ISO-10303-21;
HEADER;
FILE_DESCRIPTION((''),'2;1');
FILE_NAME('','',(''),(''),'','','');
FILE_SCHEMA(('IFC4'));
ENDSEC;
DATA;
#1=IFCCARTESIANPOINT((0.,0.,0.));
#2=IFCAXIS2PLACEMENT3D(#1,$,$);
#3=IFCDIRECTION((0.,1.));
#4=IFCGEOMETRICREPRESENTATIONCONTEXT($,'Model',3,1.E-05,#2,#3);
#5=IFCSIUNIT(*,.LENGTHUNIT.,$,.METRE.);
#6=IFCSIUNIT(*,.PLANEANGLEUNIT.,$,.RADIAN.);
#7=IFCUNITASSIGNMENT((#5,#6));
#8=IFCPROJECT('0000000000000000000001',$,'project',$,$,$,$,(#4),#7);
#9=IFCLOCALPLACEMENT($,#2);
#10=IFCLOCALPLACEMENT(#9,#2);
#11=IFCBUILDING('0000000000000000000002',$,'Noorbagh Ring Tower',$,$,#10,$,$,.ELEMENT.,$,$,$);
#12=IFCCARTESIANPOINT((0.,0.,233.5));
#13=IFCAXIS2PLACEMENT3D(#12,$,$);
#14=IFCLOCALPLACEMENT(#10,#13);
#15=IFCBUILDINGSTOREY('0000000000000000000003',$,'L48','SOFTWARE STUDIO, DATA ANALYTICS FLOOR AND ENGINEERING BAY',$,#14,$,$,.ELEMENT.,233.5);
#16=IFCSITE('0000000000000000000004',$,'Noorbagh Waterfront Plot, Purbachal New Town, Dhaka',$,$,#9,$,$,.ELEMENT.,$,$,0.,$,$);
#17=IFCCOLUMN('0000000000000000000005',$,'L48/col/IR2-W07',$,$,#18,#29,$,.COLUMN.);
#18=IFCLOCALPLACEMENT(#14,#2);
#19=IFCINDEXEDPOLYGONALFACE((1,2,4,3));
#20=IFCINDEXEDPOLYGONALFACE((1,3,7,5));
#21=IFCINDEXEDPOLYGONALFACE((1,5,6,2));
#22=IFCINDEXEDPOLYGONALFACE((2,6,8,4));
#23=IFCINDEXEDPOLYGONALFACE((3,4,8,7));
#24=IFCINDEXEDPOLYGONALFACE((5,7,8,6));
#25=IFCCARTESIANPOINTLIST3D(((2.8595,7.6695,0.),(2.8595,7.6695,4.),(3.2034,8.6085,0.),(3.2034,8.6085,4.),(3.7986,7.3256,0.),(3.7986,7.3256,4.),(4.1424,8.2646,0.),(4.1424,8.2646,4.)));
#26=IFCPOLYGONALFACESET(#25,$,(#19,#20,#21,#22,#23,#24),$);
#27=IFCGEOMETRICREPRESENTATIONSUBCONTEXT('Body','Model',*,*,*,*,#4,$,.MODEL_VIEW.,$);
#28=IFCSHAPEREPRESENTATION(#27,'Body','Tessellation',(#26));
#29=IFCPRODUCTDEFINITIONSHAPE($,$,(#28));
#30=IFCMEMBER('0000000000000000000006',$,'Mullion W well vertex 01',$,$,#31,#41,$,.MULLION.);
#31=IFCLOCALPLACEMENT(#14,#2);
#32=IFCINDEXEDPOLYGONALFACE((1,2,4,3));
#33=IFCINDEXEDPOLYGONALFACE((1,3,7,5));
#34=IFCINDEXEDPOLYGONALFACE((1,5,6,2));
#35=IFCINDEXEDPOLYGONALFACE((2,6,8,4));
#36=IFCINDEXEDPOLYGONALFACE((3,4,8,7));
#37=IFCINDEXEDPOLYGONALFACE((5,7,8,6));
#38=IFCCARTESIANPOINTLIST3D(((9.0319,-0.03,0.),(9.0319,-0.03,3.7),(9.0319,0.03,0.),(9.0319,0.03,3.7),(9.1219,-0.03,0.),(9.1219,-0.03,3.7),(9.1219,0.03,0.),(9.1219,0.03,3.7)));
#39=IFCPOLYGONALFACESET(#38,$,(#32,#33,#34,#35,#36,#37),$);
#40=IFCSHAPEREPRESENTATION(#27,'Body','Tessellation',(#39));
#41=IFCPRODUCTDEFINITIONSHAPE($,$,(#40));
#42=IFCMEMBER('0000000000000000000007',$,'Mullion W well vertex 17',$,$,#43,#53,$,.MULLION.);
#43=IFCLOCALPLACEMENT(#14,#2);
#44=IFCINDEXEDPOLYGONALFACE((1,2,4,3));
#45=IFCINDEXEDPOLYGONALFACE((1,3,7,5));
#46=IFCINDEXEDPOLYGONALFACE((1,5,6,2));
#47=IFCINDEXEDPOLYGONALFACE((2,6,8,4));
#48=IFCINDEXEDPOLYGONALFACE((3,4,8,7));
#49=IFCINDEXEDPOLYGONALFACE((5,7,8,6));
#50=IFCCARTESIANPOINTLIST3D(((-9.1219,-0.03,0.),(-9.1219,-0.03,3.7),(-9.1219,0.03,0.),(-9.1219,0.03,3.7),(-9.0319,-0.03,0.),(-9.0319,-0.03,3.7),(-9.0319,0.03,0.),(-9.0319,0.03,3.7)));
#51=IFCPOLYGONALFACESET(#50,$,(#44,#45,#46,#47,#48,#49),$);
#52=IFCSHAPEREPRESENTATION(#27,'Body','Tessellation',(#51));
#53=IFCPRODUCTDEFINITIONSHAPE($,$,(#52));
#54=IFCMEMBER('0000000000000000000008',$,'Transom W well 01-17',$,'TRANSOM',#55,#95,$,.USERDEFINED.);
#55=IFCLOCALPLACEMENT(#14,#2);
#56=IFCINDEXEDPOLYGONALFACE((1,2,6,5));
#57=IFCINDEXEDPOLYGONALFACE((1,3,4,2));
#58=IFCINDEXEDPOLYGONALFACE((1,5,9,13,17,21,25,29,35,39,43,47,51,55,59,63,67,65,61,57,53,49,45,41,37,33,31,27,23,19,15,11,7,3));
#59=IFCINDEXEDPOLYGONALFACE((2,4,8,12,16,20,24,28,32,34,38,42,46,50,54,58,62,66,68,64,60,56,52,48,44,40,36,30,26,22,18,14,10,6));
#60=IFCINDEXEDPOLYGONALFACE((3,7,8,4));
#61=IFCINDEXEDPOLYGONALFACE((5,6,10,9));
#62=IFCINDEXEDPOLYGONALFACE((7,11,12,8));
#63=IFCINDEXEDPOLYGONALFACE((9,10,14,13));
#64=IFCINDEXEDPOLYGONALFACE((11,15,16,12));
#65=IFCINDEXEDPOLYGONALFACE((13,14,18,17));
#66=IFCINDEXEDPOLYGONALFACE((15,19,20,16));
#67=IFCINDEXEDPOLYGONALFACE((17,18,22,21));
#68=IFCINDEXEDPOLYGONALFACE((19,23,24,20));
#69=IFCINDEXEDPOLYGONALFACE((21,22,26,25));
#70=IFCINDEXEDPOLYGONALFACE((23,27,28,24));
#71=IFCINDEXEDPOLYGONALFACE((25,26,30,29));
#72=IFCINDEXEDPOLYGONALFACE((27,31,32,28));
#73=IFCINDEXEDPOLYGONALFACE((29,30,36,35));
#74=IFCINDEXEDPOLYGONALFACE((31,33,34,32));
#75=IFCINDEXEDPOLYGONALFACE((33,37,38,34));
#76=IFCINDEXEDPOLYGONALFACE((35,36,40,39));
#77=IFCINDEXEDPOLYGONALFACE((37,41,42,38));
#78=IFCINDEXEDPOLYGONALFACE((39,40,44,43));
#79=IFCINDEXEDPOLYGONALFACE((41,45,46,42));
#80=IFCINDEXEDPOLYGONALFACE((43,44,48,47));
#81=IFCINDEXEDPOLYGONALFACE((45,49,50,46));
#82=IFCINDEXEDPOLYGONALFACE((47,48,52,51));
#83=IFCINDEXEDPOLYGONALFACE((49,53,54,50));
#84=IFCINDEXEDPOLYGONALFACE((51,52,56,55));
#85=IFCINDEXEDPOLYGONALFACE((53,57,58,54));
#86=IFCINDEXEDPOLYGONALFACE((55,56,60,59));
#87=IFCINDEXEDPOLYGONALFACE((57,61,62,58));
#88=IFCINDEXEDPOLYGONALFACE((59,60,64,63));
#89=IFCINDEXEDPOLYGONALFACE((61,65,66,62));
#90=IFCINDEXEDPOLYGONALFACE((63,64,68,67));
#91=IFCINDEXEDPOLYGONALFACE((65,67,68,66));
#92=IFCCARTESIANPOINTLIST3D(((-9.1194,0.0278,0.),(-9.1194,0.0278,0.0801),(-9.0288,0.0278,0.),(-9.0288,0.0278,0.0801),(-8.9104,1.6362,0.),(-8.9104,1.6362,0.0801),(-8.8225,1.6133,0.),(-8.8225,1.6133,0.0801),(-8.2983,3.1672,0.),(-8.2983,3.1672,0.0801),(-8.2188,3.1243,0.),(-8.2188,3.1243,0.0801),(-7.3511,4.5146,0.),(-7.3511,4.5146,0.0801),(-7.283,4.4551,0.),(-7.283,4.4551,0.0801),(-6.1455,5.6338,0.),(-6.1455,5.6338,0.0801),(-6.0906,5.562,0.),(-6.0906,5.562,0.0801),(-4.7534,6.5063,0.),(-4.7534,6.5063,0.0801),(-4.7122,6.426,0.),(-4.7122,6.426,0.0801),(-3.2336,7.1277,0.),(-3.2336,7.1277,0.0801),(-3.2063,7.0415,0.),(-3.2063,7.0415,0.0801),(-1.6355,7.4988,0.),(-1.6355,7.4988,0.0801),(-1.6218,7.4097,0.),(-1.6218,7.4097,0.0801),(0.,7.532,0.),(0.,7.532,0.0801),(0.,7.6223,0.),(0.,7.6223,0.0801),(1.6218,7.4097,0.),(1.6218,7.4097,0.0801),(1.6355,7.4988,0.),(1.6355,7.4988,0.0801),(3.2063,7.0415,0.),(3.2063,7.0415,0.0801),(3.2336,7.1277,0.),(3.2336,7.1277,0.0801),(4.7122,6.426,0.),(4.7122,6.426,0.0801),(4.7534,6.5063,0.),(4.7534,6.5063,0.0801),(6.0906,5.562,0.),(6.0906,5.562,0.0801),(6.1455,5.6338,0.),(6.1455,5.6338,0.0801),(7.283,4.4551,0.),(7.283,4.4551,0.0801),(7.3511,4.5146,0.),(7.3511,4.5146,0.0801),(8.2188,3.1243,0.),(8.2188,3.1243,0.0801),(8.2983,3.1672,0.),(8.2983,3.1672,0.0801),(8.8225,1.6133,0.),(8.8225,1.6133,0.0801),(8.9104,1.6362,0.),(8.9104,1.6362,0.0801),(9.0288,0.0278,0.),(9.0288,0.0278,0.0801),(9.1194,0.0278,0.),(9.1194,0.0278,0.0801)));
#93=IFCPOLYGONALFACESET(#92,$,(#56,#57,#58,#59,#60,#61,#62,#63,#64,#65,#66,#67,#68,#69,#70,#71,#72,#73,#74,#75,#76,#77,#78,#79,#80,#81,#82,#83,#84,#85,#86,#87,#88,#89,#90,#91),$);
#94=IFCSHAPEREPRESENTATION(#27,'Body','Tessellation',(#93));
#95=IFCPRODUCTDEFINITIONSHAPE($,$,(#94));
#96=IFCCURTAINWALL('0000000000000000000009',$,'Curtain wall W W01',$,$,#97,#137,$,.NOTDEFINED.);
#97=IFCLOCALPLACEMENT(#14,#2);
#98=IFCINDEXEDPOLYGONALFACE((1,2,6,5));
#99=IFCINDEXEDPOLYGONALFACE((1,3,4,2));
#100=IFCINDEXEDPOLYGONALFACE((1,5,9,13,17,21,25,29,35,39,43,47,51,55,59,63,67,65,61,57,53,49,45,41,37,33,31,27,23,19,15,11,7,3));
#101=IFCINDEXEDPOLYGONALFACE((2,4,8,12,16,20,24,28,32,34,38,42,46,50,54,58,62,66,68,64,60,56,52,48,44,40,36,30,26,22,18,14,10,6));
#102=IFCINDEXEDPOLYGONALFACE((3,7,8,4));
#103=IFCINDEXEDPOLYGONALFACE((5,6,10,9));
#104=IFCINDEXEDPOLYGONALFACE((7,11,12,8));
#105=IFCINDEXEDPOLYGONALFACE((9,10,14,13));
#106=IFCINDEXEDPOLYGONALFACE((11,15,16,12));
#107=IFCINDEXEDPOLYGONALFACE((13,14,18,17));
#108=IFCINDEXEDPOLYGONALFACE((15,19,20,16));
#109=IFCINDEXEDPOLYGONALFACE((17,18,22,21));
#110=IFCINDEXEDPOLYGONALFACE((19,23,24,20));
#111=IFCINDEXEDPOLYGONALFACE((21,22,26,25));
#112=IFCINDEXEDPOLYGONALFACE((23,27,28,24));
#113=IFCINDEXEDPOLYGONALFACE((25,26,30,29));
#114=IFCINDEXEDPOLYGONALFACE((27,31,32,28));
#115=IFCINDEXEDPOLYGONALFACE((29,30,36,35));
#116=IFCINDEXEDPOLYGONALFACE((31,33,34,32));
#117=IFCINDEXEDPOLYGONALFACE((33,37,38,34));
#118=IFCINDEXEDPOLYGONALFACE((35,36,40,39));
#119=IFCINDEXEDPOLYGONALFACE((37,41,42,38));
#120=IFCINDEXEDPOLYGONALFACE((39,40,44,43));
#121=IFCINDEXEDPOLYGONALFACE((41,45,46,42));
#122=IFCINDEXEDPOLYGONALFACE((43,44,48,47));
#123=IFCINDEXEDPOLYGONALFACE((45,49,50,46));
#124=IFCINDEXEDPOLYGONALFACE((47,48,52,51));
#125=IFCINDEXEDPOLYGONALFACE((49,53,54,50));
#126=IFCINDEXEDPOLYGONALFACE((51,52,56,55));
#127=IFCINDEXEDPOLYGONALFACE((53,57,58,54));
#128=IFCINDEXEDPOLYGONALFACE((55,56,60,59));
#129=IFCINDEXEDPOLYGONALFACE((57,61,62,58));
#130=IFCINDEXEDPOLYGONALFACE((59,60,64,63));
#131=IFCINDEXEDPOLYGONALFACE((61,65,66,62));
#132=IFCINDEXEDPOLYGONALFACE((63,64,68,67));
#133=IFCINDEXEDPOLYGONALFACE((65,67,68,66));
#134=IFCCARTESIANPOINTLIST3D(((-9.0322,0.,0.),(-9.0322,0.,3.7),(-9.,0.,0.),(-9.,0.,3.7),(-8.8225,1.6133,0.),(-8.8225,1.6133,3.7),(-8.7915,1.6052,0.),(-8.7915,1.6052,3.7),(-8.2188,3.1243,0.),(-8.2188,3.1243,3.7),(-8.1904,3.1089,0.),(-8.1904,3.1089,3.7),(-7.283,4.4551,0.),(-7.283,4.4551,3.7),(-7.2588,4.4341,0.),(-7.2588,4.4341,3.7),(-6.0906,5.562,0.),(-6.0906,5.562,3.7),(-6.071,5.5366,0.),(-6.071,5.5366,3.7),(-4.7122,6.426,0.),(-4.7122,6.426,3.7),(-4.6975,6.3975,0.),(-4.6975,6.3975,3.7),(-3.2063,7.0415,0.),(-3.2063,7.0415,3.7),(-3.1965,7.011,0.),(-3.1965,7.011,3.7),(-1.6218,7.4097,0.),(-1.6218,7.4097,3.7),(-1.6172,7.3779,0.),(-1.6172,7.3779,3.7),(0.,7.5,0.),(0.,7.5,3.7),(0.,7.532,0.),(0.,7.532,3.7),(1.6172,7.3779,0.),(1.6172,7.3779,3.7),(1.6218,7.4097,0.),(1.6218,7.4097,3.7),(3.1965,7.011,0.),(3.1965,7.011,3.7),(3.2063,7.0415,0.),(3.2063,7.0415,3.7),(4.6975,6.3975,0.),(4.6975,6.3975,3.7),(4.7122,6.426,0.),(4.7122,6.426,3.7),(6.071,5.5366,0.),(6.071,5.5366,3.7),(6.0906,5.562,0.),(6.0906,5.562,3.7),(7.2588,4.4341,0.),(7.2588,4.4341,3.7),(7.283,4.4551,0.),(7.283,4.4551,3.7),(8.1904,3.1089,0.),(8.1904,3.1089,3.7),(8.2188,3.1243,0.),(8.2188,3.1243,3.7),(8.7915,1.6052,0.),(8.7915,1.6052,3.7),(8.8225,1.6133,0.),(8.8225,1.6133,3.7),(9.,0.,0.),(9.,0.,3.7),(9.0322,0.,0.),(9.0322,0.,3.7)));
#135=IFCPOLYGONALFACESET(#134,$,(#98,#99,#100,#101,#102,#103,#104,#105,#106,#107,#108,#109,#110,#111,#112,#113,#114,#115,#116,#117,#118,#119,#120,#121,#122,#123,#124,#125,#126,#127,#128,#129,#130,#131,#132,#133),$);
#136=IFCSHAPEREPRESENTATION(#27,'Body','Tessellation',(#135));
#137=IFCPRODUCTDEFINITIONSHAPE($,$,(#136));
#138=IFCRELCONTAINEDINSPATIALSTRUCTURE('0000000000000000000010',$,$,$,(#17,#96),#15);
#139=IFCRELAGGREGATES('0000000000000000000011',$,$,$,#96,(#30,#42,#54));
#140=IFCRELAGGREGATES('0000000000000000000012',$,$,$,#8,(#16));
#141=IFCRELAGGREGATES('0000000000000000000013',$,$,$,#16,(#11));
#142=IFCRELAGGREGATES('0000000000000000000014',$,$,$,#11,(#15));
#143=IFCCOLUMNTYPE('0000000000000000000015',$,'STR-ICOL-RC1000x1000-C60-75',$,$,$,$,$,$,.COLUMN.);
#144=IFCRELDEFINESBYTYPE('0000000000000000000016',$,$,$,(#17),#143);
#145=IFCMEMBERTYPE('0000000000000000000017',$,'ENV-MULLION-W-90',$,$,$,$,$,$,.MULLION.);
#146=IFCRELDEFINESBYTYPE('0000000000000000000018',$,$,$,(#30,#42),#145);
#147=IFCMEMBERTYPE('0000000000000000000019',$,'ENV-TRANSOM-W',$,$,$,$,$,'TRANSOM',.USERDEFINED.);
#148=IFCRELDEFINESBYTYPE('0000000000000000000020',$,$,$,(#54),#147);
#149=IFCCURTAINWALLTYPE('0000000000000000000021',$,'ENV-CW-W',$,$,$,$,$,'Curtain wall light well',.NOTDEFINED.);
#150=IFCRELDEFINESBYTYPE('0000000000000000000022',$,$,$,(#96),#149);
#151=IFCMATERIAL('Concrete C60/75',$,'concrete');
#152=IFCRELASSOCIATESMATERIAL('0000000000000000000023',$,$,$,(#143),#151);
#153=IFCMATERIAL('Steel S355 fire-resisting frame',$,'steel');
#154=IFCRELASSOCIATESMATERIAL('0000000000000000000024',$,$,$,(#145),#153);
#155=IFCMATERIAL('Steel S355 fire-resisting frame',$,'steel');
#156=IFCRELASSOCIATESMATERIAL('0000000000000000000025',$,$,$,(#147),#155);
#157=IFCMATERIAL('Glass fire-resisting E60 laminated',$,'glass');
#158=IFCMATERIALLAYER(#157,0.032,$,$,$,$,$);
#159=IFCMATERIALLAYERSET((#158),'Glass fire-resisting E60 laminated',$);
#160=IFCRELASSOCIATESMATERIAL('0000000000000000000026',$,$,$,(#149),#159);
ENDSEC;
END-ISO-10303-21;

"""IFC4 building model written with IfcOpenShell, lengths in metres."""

from ifc_helpers import new_model, si_unit, direction, frame, origin, origin_2d, place, context, subcontext, project, spatial, polyline, rectangle, outline, extrude, material, layer, layer_set, material_profile, profile_set, type_object, element, aggregate, save


model = new_model("IFC4")

# Units and contexts
model_context = context("Model", 3, precision=1e-05, world=origin(), true_north=direction((0.0, 1.0)))
body_context = subcontext(model_context, "Body", "Model", "MODEL_VIEW")
ifc_project = project(units=[si_unit("LENGTHUNIT", "METRE"), si_unit("PLANEANGLEUNIT", "RADIAN")], contexts=[model_context])

# Site, building, storey
site_placement = place(None, origin())
site = spatial("IfcSite", under=ifc_project, at=site_placement, Name="Noorbagh Waterfront Plot, Purbachal New Town, Dhaka", CompositionType="ELEMENT", RefElevation=0.0)
building_placement = place(site_placement, origin())
building = spatial("IfcBuilding", under=site, at=building_placement, Name="Noorbagh Ring Tower", CompositionType="ELEMENT")
storey_placement = place(building_placement, frame((0.0, 0.0, 233.5)))
storey = spatial("IfcBuildingStorey", under=building, at=storey_placement, Name="L48", Description="SOFTWARE STUDIO, DATA ANALYTICS FLOOR AND ENGINEERING BAY", CompositionType="ELEMENT", Elevation=233.5)

# Column
ifc_material_1 = material(Name="Concrete C60/75", Category="concrete")
ifc_material_profile_1 = material_profile(ifc_material_1, rectangle(XDim=1.0, YDim=1.0, at=origin_2d()), Name="RC1000x1000")
ifc_profile_set_1 = profile_set([ifc_material_profile_1], Name="Concrete C60/75")
column_type = type_object("IfcColumnType", Name="STR-ICOL-RC1000x1000-C60-75", PredefinedType="COLUMN", material=ifc_profile_set_1)
column_placement = place(storey_placement, frame((3.501, 7.967, 0.0), z_axis=(0.0, 0.0, 1.0), x_axis=(-0.93902, 0.343864, 0.0)))
element("IfcColumn", 1, at=column_placement, inside=storey, type_object=column_type, Name="L48/col/IR2-W07", PredefinedType="COLUMN", context=body_context, shape_type="SweptSolid", body=[
    extrude(rectangle(XDim=1.0, YDim=1.0, at=origin_2d()), origin(), (0.0, 0.0, 1.0), 4.0),
])

# Members
ifc_material_2 = material(Name="Steel S355 fire-resisting frame", Category="steel")
ifc_material_profile_2 = material_profile(ifc_material_2, rectangle(XDim=0.0901, YDim=0.0601, at=origin_2d()), Name="90x60")
ifc_profile_set_2 = profile_set([ifc_material_profile_2], Name="Steel S355 fire-resisting frame")
member_type_1 = type_object("IfcMemberType", Name="ENV-MULLION-W-90", PredefinedType="MULLION", material=ifc_profile_set_2)
member_1_placement = place(storey_placement, frame((9.0769, 0.0, 0.0), z_axis=(0.0, 0.0, 1.0), x_axis=(1.0, 0.0, 0.0)))
member_1 = element("IfcMember", 2, at=member_1_placement, type_object=member_type_1, Name="Mullion W well vertex 01", PredefinedType="MULLION", context=body_context, shape_type="SweptSolid", body=[
    extrude(rectangle(XDim=0.0901, YDim=0.0601, at=origin_2d()), origin(), (0.0, 0.0, 1.0), 3.7),
])
member_2_placement = place(storey_placement, frame((-9.0769, 0.0, 0.0), z_axis=(0.0, 0.0, 1.0), x_axis=(-1.0, 0.0, 0.0)))
member_2 = element("IfcMember", 3, at=member_2_placement, type_object=member_type_1, Name="Mullion W well vertex 17", PredefinedType="MULLION", context=body_context, shape_type="SweptSolid", body=[
    extrude(rectangle(XDim=0.0901, YDim=0.0601, at=origin_2d()), origin(), (0.0, 0.0, 1.0), 3.7),
])
ifc_material_3 = material(Name="Steel S355 fire-resisting frame", Category="steel")
member_type_2 = type_object("IfcMemberType", Name="ENV-TRANSOM-W", ElementType="TRANSOM", PredefinedType="USERDEFINED", material=ifc_material_3)
member_3_placement = place(storey_placement, origin())
member_3 = element("IfcMember", 4, at=member_3_placement, type_object=member_type_2, Name="Transom W well 01-17", ObjectType="TRANSOM", PredefinedType="USERDEFINED", context=body_context, shape_type="SweptSolid", body=[
    extrude(outline(polyline([(9.1194, 0.0278), (8.9104, 1.6362), (8.2983, 3.1672), (7.3511, 4.5146), (6.1455, 5.6338), (4.7534, 6.5063), (3.2336, 7.1277), (1.6355, 7.4988), (0.0, 7.6223), (-1.6355, 7.4988), (-3.2336, 7.1277), (-4.7534, 6.5063), (-6.1455, 5.6338), (-7.3511, 4.5146), (-8.2983, 3.1672), (-8.9104, 1.6362), (-9.1194, 0.0278), (-9.0288, 0.0278), (-8.8225, 1.6133), (-8.2188, 3.1243), (-7.283, 4.4551), (-6.0906, 5.562), (-4.7122, 6.426), (-3.2063, 7.0415), (-1.6218, 7.4097), (0.0, 7.532), (1.6218, 7.4097), (3.2063, 7.0415), (4.7122, 6.426), (6.0906, 5.562), (7.283, 4.4551), (8.2188, 3.1243), (8.8225, 1.6133), (9.0288, 0.0278), (9.1194, 0.0278)])), origin(), (0.0, 0.0, 1.0), 0.0801),
])

# Curtain wall
ifc_material_4 = material(Name="Glass fire-resisting E60 laminated", Category="glass")
ifc_layer_1 = layer(ifc_material_4, 0.032)
ifc_layer_set_1 = layer_set([ifc_layer_1], Name="Glass fire-resisting E60 laminated")
curtain_wall_type_1 = type_object("IfcCurtainWallType", Name="ENV-CW-W", ElementType="Curtain wall light well", PredefinedType="NOTDEFINED", material=ifc_layer_set_1)
curtain_wall_1_placement = place(storey_placement, origin())
curtain_wall_1 = element("IfcCurtainWall", 5, at=curtain_wall_1_placement, inside=storey, type_object=curtain_wall_type_1, Name="Curtain wall W W01", PredefinedType="NOTDEFINED", context=body_context, shape_type="SweptSolid", body=[
    extrude(outline(polyline([(9.0322, 0.0), (8.8225, 1.6133), (8.2188, 3.1243), (7.283, 4.4551), (6.0906, 5.562), (4.7122, 6.426), (3.2063, 7.0415), (1.6218, 7.4097), (0.0, 7.532), (-1.6218, 7.4097), (-3.2063, 7.0415), (-4.7122, 6.426), (-6.0906, 5.562), (-7.283, 4.4551), (-8.2188, 3.1243), (-8.8225, 1.6133), (-9.0322, 0.0), (-9.0, 0.0), (-8.7915, 1.6052), (-8.1904, 3.1089), (-7.2588, 4.4341), (-6.071, 5.5366), (-4.6975, 6.3975), (-3.1965, 7.011), (-1.6172, 7.3779), (0.0, 7.5), (1.6172, 7.3779), (3.1965, 7.011), (4.6975, 6.3975), (6.071, 5.5366), (7.2588, 4.4341), (8.1904, 3.1089), (8.7915, 1.6052), (9.0, 0.0), (9.0322, 0.0)])), origin(), (0.0, 0.0, 1.0), 3.7),
])
aggregate(curtain_wall_1, [member_1, member_2, member_3])

save(model, "model.ifc")
